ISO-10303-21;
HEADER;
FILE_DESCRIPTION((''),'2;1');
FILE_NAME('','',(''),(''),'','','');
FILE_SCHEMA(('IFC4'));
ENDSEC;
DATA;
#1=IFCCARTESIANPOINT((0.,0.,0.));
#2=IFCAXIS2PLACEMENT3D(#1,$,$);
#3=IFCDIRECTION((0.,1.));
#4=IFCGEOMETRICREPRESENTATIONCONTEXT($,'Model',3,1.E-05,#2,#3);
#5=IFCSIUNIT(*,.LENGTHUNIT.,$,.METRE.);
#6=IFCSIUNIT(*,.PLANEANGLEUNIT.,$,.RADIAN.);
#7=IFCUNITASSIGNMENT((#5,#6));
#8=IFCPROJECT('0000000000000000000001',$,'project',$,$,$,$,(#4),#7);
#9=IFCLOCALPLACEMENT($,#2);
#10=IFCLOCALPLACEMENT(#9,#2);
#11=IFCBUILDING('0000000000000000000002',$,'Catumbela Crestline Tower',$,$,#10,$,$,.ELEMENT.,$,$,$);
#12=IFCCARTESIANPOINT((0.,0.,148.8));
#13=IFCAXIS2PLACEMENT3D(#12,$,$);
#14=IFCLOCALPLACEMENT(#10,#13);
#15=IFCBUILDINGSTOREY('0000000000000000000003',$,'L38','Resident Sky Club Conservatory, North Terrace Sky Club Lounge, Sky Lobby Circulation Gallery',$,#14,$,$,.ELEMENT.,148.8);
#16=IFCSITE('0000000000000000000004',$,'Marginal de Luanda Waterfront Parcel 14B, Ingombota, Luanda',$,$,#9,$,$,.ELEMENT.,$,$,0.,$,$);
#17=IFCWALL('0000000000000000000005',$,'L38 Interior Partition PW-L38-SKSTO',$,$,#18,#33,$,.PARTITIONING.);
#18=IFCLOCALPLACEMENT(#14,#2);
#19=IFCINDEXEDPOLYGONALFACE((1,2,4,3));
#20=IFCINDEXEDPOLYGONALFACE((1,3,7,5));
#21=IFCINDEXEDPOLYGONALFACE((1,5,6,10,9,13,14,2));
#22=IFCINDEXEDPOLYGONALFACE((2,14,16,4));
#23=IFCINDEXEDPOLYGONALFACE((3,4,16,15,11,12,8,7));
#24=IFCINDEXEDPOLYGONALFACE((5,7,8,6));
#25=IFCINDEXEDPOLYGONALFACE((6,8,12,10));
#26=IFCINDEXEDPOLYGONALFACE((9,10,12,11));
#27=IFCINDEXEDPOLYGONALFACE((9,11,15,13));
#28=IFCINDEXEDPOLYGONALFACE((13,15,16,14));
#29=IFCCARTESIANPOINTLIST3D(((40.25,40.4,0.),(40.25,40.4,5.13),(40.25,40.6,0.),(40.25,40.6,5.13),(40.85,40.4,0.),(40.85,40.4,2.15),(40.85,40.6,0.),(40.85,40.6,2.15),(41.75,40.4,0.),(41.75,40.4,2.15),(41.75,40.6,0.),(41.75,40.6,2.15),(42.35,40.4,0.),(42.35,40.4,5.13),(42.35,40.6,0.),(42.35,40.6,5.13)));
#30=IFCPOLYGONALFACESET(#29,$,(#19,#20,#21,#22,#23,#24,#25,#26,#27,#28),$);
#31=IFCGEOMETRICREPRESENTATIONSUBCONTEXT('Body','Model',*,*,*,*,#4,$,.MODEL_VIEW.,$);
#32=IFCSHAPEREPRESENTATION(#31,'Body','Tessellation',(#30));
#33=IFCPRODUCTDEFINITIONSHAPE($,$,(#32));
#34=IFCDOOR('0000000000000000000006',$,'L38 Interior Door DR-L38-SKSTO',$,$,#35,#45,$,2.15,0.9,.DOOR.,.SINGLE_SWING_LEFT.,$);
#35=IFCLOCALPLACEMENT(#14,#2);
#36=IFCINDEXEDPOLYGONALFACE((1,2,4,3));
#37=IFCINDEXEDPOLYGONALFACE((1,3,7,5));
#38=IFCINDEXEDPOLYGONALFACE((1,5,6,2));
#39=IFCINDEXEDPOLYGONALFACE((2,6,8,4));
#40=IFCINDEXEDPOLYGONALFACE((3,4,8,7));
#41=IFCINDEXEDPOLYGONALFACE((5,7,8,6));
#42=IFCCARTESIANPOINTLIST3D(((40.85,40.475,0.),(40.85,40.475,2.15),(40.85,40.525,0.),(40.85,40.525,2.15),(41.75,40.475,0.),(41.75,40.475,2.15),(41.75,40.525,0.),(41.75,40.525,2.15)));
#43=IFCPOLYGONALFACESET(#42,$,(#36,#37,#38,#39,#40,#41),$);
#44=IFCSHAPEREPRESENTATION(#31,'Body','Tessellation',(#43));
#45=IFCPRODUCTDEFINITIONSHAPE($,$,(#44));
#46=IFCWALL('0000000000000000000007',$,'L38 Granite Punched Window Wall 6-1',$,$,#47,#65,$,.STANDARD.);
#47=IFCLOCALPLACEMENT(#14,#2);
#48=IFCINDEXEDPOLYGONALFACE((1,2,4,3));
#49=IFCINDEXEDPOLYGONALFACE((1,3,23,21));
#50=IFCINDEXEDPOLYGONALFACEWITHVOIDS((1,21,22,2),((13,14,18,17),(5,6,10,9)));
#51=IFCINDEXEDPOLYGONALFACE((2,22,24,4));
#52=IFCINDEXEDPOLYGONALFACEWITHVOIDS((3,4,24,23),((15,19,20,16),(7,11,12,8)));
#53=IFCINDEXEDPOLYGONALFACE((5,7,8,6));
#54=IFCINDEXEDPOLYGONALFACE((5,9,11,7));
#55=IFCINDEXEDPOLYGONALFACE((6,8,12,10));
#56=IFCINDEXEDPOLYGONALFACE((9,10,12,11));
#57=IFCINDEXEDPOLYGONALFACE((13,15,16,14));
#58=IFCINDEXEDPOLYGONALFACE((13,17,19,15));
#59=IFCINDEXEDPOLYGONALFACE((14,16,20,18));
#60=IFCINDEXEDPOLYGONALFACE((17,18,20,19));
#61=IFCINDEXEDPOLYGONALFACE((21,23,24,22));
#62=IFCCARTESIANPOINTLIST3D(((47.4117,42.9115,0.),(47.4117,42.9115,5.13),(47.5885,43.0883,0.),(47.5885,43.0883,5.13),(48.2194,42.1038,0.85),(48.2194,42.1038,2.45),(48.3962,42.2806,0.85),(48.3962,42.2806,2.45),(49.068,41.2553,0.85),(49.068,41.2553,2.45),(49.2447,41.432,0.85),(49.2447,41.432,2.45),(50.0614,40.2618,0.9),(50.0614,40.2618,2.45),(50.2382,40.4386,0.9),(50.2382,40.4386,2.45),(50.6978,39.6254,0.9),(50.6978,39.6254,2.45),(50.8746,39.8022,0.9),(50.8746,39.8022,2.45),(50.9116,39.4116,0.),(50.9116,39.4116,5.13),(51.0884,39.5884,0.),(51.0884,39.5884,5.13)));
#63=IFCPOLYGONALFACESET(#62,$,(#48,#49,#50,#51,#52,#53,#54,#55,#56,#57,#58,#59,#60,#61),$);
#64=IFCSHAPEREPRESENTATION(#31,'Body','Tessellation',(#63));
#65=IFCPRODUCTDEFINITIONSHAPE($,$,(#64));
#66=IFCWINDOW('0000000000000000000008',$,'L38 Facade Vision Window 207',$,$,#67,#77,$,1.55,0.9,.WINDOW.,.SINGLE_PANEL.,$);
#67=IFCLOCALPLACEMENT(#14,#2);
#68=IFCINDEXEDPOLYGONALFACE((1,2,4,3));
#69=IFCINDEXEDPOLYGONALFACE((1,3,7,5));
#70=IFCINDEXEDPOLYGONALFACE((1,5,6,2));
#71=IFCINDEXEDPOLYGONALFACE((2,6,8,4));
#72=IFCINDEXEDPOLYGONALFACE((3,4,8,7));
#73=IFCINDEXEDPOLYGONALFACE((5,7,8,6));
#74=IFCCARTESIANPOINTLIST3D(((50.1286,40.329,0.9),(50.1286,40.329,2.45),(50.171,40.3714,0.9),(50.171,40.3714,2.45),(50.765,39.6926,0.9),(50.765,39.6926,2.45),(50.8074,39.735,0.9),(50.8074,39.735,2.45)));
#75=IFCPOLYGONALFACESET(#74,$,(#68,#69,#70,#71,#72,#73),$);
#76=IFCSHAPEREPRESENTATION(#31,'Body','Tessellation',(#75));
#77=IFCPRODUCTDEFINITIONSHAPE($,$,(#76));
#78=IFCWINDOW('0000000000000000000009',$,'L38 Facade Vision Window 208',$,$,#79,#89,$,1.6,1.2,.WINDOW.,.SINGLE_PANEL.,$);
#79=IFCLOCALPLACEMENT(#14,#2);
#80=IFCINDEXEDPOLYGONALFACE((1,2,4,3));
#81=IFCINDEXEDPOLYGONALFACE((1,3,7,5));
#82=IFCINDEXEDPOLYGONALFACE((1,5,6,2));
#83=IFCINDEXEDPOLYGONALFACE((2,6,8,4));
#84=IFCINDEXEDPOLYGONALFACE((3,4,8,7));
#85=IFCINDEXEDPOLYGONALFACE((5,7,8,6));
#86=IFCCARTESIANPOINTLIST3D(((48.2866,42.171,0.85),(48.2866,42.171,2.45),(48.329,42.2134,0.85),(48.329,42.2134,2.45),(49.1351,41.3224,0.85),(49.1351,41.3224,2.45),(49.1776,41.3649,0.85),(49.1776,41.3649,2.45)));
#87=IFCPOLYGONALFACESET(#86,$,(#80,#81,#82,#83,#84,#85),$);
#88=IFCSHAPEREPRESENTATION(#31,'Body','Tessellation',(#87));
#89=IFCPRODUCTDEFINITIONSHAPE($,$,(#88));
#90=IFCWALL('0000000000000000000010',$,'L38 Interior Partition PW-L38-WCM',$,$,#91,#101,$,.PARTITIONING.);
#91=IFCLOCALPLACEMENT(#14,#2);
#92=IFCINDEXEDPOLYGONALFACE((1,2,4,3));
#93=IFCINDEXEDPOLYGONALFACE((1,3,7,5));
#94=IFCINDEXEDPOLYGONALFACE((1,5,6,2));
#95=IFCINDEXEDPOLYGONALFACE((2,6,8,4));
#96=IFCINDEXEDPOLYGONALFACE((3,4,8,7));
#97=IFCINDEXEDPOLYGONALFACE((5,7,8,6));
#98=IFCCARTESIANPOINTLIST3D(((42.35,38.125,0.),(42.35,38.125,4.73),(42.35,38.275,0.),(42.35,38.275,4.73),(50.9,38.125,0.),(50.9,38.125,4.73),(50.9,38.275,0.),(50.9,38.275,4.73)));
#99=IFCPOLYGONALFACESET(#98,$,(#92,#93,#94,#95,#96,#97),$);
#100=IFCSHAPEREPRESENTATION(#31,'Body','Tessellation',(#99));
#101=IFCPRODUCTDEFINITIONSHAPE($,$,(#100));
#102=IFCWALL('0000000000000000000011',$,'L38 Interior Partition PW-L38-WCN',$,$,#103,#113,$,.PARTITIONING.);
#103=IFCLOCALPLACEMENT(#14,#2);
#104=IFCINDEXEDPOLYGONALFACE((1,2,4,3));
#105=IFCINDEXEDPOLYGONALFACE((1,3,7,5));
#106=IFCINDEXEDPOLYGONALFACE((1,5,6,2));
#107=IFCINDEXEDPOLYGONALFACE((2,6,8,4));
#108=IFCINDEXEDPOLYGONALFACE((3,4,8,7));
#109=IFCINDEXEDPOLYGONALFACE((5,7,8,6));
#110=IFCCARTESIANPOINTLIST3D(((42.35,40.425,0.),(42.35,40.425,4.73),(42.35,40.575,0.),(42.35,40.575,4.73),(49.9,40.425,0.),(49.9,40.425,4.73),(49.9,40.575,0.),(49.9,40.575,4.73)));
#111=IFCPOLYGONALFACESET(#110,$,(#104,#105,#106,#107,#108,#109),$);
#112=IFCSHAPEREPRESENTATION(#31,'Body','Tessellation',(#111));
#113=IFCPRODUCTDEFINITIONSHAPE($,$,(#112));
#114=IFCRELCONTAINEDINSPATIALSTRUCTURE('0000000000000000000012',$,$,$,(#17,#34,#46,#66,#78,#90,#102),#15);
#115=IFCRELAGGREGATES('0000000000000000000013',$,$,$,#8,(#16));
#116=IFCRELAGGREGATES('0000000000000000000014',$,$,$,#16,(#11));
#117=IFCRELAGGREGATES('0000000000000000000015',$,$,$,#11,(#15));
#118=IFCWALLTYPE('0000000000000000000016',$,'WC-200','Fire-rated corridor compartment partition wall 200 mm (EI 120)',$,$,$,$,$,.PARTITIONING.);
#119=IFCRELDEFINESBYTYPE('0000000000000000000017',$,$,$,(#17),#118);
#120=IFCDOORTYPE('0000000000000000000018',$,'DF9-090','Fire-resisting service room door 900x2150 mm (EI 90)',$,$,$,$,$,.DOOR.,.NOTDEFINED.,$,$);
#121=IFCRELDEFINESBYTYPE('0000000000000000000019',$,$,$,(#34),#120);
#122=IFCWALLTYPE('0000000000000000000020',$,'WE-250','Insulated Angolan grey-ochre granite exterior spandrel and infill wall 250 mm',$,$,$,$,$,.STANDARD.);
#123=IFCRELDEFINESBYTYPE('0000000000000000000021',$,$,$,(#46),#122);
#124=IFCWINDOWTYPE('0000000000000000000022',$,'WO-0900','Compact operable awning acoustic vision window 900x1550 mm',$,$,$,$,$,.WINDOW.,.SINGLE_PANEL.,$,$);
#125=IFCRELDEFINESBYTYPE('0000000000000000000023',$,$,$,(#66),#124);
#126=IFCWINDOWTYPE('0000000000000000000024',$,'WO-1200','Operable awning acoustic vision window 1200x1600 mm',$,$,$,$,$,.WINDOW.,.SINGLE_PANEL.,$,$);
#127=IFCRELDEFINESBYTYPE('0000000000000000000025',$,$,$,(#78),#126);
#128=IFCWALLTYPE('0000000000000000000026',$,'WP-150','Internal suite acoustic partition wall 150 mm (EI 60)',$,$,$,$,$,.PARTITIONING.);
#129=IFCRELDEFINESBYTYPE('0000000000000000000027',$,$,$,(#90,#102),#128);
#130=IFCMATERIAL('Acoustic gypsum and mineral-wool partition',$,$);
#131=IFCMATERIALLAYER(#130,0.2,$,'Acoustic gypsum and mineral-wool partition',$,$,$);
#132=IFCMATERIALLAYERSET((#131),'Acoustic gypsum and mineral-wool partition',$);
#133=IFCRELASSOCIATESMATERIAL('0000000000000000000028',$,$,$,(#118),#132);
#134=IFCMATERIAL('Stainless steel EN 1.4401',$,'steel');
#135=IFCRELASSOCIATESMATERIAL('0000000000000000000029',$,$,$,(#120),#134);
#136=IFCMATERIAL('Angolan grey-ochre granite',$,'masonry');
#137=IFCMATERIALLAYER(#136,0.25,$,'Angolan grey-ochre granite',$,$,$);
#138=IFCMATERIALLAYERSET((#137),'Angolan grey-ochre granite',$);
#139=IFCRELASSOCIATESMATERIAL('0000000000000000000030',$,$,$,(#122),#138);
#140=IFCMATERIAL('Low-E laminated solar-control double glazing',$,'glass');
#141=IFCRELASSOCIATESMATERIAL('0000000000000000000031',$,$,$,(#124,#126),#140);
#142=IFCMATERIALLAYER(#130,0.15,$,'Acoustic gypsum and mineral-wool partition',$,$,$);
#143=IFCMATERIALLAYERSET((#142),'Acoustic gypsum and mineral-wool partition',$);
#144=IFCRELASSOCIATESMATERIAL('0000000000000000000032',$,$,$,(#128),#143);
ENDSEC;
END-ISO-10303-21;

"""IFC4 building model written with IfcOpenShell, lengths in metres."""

from ifc_helpers import new_model, si_unit, direction, frame, frame_2d, origin, place, context, subcontext, project, spatial, rectangle, extrude, material, layer, layer_set, type_object, element, fill, save


model = new_model("IFC4")

# Units and contexts
model_context = context("Model", 3, precision=1e-05, world=origin(), true_north=direction((0.0, 1.0)))
body_context = subcontext(model_context, "Body", "Model", "MODEL_VIEW")
ifc_project = project(units=[si_unit("LENGTHUNIT", "METRE"), si_unit("PLANEANGLEUNIT", "RADIAN")], contexts=[model_context])

# Site, building, storey
site_placement = place(None, origin())
site = spatial("IfcSite", under=ifc_project, at=site_placement, Name="Marginal de Luanda Waterfront Parcel 14B, Ingombota, Luanda", CompositionType="ELEMENT", RefElevation=0.0)
building_placement = place(site_placement, origin())
building = spatial("IfcBuilding", under=site, at=building_placement, Name="Catumbela Crestline Tower", CompositionType="ELEMENT")
storey_placement = place(building_placement, frame((0.0, 0.0, 148.8)))
storey = spatial("IfcBuildingStorey", under=building, at=storey_placement, Name="L38", Description="Resident Sky Club Conservatory, North Terrace Sky Club Lounge, Sky Lobby Circulation Gallery", CompositionType="ELEMENT", Elevation=148.8)

# Shared definitions
ifc_material_1 = material(Name="Low-E laminated solar-control double glazing", Category="glass")

# Wall, opening, door
ifc_material_2 = material(Name="Acoustic gypsum and mineral-wool partition")
ifc_layer_1 = layer(ifc_material_2, 0.2, Name="Acoustic gypsum and mineral-wool partition")
ifc_layer_set_1 = layer_set([ifc_layer_1], Name="Acoustic gypsum and mineral-wool partition")
wall_type_1 = type_object("IfcWallType", Name="WC-200", Description="Fire-rated corridor compartment partition wall 200 mm (EI 120)", PredefinedType="PARTITIONING", material=ifc_layer_set_1)
wall_1_placement = place(storey_placement, frame((40.25, 40.5, 0.0), z_axis=(0.0, 0.0, 1.0), x_axis=(1.0, 0.0, 0.0)))
wall_1 = element("IfcWall", 1, at=wall_1_placement, inside=storey, type_object=wall_type_1, Name="L38 Interior Partition PW-L38-SKSTO", PredefinedType="PARTITIONING", context=body_context, shape_type="SweptSolid", body=[
    extrude(rectangle(XDim=2.1, YDim=0.2, at=frame_2d((1.05, 0.0))), origin(), (0.0, 0.0, 1.0), 5.13),
])
opening_1_placement = place(wall_1_placement, frame((0.6, 0.0, 0.0)))
opening_1 = element("IfcOpeningElement", 2, at=opening_1_placement, cuts=wall_1, PredefinedType="OPENING", context=body_context, shape_type="SweptSolid", body=[
    extrude(rectangle(XDim=0.9, YDim=2.15, at=frame_2d((0.45, 1.075))), frame((0.0, 0.11, 0.0), z_axis=(0.0, -1.0, 0.0), x_axis=(1.0, 0.0, 0.0)), (0.0, 0.0, 1.0), 0.22),
])
ifc_material_3 = material(Name="Stainless steel EN 1.4401", Category="steel")
door_type = type_object("IfcDoorType", Name="DF9-090", Description="Fire-resisting service room door 900x2150 mm (EI 90)", OperationType="NOTDEFINED", PredefinedType="DOOR", material=ifc_material_3)
door_placement = place(opening_1_placement, origin())
door = element("IfcDoor", 3, at=door_placement, inside=storey, type_object=door_type, Name="L38 Interior Door DR-L38-SKSTO", OperationType="SINGLE_SWING_LEFT", OverallHeight=2.15, OverallWidth=0.9, PredefinedType="DOOR", context=body_context, shape_type="SweptSolid", body=[
    extrude(rectangle(XDim=0.9, YDim=2.15, at=frame_2d((0.45, 1.075))), frame((0.0, 0.025, 0.0), z_axis=(0.0, -1.0, 0.0), x_axis=(1.0, 0.0, 0.0)), (0.0, 0.0, 1.0), 0.05),
])
fill(opening_1, door)

# Wall, openings, windows
ifc_material_4 = material(Name="Angolan grey-ochre granite", Category="masonry")
ifc_layer_2 = layer(ifc_material_4, 0.25, Name="Angolan grey-ochre granite")
ifc_layer_set_2 = layer_set([ifc_layer_2], Name="Angolan grey-ochre granite")
wall_type_2 = type_object("IfcWallType", Name="WE-250", Description="Insulated Angolan grey-ochre granite exterior spandrel and infill wall 250 mm", PredefinedType="STANDARD", material=ifc_layer_set_2)
wall_2_placement = place(storey_placement, frame((51.0, 39.5, 0.0), z_axis=(0.0, 0.0, 1.0), x_axis=(-0.707107, 0.707107, 0.0)))
wall_2 = element("IfcWall", 4, at=wall_2_placement, inside=storey, type_object=wall_type_2, Name="L38 Granite Punched Window Wall 6-1", PredefinedType="STANDARD", context=body_context, shape_type="SweptSolid", body=[
    extrude(rectangle(XDim=4.9497, YDim=0.25, at=frame_2d((2.4748, 0.0))), origin(), (0.0, 0.0, 1.0), 5.13),
])
opening_2_placement = place(wall_2_placement, frame((0.3024, 0.0, 0.9)))
opening_2 = element("IfcOpeningElement", 5, at=opening_2_placement, cuts=wall_2, PredefinedType="OPENING", context=body_context, shape_type="SweptSolid", body=[
    extrude(rectangle(XDim=0.9, YDim=1.55, at=frame_2d((0.45, 0.775))), frame((0.0, 0.135, 0.0), z_axis=(0.0, -1.0, 0.0), x_axis=(1.0, 0.0, 0.0)), (0.0, 0.0, 1.0), 0.27),
])
opening_3_placement = place(wall_2_placement, frame((2.6073, 0.0, 0.85)))
opening_3 = element("IfcOpeningElement", 6, at=opening_3_placement, cuts=wall_2, PredefinedType="OPENING", context=body_context, shape_type="SweptSolid", body=[
    extrude(rectangle(XDim=1.2, YDim=1.6, at=frame_2d((0.6, 0.8))), frame((0.0, 0.135, 0.0), z_axis=(0.0, -1.0, 0.0), x_axis=(1.0, 0.0, 0.0)), (0.0, 0.0, 1.0), 0.27),
])
window_type_1 = type_object("IfcWindowType", Name="WO-0900", Description="Compact operable awning acoustic vision window 900x1550 mm", PartitioningType="SINGLE_PANEL", PredefinedType="WINDOW", material=ifc_material_1)
window_1_placement = place(opening_2_placement, origin())
window_1 = element("IfcWindow", 7, at=window_1_placement, inside=storey, type_object=window_type_1, Name="L38 Facade Vision Window 207", OverallHeight=1.55, OverallWidth=0.9, PartitioningType="SINGLE_PANEL", PredefinedType="WINDOW", context=body_context, shape_type="SweptSolid", body=[
    extrude(rectangle(XDim=0.9, YDim=1.55, at=frame_2d((0.45, 0.775))), frame((0.0, 0.03, 0.0), z_axis=(0.0, -1.0, 0.0), x_axis=(1.0, 0.0, 0.0)), (0.0, 0.0, 1.0), 0.06),
])
fill(opening_2, window_1)
window_type_2 = type_object("IfcWindowType", Name="WO-1200", Description="Operable awning acoustic vision window 1200x1600 mm", PartitioningType="SINGLE_PANEL", PredefinedType="WINDOW", material=ifc_material_1)
window_2_placement = place(opening_3_placement, origin())
window_2 = element("IfcWindow", 8, at=window_2_placement, inside=storey, type_object=window_type_2, Name="L38 Facade Vision Window 208", OverallHeight=1.6, OverallWidth=1.2, PartitioningType="SINGLE_PANEL", PredefinedType="WINDOW", context=body_context, shape_type="SweptSolid", body=[
    extrude(rectangle(XDim=1.2, YDim=1.6, at=frame_2d((0.6, 0.8))), frame((0.0, 0.03, 0.0), z_axis=(0.0, -1.0, 0.0), x_axis=(1.0, 0.0, 0.0)), (0.0, 0.0, 1.0), 0.06),
])
fill(opening_3, window_2)

# Walls
ifc_layer_3 = layer(ifc_material_2, 0.15, Name="Acoustic gypsum and mineral-wool partition")
ifc_layer_set_3 = layer_set([ifc_layer_3], Name="Acoustic gypsum and mineral-wool partition")
wall_type_3 = type_object("IfcWallType", Name="WP-150", Description="Internal suite acoustic partition wall 150 mm (EI 60)", PredefinedType="PARTITIONING", material=ifc_layer_set_3)
wall_3_placement = place(storey_placement, frame((42.35, 38.2, 0.0), z_axis=(0.0, 0.0, 1.0), x_axis=(1.0, 0.0, 0.0)))
element("IfcWall", 9, at=wall_3_placement, inside=storey, type_object=wall_type_3, Name="L38 Interior Partition PW-L38-WCM", PredefinedType="PARTITIONING", context=body_context, shape_type="SweptSolid", body=[
    extrude(rectangle(XDim=8.55, YDim=0.15, at=frame_2d((4.275, 0.0))), origin(), (0.0, 0.0, 1.0), 4.73),
])
wall_4_placement = place(storey_placement, frame((42.35, 40.5, 0.0), z_axis=(0.0, 0.0, 1.0), x_axis=(1.0, 0.0, 0.0)))
element("IfcWall", 10, at=wall_4_placement, inside=storey, type_object=wall_type_3, Name="L38 Interior Partition PW-L38-WCN", PredefinedType="PARTITIONING", context=body_context, shape_type="SweptSolid", body=[
    extrude(rectangle(XDim=7.55, YDim=0.15, at=frame_2d((3.775, 0.0))), origin(), (0.0, 0.0, 1.0), 4.73),
])

save(model, "model.ifc")
